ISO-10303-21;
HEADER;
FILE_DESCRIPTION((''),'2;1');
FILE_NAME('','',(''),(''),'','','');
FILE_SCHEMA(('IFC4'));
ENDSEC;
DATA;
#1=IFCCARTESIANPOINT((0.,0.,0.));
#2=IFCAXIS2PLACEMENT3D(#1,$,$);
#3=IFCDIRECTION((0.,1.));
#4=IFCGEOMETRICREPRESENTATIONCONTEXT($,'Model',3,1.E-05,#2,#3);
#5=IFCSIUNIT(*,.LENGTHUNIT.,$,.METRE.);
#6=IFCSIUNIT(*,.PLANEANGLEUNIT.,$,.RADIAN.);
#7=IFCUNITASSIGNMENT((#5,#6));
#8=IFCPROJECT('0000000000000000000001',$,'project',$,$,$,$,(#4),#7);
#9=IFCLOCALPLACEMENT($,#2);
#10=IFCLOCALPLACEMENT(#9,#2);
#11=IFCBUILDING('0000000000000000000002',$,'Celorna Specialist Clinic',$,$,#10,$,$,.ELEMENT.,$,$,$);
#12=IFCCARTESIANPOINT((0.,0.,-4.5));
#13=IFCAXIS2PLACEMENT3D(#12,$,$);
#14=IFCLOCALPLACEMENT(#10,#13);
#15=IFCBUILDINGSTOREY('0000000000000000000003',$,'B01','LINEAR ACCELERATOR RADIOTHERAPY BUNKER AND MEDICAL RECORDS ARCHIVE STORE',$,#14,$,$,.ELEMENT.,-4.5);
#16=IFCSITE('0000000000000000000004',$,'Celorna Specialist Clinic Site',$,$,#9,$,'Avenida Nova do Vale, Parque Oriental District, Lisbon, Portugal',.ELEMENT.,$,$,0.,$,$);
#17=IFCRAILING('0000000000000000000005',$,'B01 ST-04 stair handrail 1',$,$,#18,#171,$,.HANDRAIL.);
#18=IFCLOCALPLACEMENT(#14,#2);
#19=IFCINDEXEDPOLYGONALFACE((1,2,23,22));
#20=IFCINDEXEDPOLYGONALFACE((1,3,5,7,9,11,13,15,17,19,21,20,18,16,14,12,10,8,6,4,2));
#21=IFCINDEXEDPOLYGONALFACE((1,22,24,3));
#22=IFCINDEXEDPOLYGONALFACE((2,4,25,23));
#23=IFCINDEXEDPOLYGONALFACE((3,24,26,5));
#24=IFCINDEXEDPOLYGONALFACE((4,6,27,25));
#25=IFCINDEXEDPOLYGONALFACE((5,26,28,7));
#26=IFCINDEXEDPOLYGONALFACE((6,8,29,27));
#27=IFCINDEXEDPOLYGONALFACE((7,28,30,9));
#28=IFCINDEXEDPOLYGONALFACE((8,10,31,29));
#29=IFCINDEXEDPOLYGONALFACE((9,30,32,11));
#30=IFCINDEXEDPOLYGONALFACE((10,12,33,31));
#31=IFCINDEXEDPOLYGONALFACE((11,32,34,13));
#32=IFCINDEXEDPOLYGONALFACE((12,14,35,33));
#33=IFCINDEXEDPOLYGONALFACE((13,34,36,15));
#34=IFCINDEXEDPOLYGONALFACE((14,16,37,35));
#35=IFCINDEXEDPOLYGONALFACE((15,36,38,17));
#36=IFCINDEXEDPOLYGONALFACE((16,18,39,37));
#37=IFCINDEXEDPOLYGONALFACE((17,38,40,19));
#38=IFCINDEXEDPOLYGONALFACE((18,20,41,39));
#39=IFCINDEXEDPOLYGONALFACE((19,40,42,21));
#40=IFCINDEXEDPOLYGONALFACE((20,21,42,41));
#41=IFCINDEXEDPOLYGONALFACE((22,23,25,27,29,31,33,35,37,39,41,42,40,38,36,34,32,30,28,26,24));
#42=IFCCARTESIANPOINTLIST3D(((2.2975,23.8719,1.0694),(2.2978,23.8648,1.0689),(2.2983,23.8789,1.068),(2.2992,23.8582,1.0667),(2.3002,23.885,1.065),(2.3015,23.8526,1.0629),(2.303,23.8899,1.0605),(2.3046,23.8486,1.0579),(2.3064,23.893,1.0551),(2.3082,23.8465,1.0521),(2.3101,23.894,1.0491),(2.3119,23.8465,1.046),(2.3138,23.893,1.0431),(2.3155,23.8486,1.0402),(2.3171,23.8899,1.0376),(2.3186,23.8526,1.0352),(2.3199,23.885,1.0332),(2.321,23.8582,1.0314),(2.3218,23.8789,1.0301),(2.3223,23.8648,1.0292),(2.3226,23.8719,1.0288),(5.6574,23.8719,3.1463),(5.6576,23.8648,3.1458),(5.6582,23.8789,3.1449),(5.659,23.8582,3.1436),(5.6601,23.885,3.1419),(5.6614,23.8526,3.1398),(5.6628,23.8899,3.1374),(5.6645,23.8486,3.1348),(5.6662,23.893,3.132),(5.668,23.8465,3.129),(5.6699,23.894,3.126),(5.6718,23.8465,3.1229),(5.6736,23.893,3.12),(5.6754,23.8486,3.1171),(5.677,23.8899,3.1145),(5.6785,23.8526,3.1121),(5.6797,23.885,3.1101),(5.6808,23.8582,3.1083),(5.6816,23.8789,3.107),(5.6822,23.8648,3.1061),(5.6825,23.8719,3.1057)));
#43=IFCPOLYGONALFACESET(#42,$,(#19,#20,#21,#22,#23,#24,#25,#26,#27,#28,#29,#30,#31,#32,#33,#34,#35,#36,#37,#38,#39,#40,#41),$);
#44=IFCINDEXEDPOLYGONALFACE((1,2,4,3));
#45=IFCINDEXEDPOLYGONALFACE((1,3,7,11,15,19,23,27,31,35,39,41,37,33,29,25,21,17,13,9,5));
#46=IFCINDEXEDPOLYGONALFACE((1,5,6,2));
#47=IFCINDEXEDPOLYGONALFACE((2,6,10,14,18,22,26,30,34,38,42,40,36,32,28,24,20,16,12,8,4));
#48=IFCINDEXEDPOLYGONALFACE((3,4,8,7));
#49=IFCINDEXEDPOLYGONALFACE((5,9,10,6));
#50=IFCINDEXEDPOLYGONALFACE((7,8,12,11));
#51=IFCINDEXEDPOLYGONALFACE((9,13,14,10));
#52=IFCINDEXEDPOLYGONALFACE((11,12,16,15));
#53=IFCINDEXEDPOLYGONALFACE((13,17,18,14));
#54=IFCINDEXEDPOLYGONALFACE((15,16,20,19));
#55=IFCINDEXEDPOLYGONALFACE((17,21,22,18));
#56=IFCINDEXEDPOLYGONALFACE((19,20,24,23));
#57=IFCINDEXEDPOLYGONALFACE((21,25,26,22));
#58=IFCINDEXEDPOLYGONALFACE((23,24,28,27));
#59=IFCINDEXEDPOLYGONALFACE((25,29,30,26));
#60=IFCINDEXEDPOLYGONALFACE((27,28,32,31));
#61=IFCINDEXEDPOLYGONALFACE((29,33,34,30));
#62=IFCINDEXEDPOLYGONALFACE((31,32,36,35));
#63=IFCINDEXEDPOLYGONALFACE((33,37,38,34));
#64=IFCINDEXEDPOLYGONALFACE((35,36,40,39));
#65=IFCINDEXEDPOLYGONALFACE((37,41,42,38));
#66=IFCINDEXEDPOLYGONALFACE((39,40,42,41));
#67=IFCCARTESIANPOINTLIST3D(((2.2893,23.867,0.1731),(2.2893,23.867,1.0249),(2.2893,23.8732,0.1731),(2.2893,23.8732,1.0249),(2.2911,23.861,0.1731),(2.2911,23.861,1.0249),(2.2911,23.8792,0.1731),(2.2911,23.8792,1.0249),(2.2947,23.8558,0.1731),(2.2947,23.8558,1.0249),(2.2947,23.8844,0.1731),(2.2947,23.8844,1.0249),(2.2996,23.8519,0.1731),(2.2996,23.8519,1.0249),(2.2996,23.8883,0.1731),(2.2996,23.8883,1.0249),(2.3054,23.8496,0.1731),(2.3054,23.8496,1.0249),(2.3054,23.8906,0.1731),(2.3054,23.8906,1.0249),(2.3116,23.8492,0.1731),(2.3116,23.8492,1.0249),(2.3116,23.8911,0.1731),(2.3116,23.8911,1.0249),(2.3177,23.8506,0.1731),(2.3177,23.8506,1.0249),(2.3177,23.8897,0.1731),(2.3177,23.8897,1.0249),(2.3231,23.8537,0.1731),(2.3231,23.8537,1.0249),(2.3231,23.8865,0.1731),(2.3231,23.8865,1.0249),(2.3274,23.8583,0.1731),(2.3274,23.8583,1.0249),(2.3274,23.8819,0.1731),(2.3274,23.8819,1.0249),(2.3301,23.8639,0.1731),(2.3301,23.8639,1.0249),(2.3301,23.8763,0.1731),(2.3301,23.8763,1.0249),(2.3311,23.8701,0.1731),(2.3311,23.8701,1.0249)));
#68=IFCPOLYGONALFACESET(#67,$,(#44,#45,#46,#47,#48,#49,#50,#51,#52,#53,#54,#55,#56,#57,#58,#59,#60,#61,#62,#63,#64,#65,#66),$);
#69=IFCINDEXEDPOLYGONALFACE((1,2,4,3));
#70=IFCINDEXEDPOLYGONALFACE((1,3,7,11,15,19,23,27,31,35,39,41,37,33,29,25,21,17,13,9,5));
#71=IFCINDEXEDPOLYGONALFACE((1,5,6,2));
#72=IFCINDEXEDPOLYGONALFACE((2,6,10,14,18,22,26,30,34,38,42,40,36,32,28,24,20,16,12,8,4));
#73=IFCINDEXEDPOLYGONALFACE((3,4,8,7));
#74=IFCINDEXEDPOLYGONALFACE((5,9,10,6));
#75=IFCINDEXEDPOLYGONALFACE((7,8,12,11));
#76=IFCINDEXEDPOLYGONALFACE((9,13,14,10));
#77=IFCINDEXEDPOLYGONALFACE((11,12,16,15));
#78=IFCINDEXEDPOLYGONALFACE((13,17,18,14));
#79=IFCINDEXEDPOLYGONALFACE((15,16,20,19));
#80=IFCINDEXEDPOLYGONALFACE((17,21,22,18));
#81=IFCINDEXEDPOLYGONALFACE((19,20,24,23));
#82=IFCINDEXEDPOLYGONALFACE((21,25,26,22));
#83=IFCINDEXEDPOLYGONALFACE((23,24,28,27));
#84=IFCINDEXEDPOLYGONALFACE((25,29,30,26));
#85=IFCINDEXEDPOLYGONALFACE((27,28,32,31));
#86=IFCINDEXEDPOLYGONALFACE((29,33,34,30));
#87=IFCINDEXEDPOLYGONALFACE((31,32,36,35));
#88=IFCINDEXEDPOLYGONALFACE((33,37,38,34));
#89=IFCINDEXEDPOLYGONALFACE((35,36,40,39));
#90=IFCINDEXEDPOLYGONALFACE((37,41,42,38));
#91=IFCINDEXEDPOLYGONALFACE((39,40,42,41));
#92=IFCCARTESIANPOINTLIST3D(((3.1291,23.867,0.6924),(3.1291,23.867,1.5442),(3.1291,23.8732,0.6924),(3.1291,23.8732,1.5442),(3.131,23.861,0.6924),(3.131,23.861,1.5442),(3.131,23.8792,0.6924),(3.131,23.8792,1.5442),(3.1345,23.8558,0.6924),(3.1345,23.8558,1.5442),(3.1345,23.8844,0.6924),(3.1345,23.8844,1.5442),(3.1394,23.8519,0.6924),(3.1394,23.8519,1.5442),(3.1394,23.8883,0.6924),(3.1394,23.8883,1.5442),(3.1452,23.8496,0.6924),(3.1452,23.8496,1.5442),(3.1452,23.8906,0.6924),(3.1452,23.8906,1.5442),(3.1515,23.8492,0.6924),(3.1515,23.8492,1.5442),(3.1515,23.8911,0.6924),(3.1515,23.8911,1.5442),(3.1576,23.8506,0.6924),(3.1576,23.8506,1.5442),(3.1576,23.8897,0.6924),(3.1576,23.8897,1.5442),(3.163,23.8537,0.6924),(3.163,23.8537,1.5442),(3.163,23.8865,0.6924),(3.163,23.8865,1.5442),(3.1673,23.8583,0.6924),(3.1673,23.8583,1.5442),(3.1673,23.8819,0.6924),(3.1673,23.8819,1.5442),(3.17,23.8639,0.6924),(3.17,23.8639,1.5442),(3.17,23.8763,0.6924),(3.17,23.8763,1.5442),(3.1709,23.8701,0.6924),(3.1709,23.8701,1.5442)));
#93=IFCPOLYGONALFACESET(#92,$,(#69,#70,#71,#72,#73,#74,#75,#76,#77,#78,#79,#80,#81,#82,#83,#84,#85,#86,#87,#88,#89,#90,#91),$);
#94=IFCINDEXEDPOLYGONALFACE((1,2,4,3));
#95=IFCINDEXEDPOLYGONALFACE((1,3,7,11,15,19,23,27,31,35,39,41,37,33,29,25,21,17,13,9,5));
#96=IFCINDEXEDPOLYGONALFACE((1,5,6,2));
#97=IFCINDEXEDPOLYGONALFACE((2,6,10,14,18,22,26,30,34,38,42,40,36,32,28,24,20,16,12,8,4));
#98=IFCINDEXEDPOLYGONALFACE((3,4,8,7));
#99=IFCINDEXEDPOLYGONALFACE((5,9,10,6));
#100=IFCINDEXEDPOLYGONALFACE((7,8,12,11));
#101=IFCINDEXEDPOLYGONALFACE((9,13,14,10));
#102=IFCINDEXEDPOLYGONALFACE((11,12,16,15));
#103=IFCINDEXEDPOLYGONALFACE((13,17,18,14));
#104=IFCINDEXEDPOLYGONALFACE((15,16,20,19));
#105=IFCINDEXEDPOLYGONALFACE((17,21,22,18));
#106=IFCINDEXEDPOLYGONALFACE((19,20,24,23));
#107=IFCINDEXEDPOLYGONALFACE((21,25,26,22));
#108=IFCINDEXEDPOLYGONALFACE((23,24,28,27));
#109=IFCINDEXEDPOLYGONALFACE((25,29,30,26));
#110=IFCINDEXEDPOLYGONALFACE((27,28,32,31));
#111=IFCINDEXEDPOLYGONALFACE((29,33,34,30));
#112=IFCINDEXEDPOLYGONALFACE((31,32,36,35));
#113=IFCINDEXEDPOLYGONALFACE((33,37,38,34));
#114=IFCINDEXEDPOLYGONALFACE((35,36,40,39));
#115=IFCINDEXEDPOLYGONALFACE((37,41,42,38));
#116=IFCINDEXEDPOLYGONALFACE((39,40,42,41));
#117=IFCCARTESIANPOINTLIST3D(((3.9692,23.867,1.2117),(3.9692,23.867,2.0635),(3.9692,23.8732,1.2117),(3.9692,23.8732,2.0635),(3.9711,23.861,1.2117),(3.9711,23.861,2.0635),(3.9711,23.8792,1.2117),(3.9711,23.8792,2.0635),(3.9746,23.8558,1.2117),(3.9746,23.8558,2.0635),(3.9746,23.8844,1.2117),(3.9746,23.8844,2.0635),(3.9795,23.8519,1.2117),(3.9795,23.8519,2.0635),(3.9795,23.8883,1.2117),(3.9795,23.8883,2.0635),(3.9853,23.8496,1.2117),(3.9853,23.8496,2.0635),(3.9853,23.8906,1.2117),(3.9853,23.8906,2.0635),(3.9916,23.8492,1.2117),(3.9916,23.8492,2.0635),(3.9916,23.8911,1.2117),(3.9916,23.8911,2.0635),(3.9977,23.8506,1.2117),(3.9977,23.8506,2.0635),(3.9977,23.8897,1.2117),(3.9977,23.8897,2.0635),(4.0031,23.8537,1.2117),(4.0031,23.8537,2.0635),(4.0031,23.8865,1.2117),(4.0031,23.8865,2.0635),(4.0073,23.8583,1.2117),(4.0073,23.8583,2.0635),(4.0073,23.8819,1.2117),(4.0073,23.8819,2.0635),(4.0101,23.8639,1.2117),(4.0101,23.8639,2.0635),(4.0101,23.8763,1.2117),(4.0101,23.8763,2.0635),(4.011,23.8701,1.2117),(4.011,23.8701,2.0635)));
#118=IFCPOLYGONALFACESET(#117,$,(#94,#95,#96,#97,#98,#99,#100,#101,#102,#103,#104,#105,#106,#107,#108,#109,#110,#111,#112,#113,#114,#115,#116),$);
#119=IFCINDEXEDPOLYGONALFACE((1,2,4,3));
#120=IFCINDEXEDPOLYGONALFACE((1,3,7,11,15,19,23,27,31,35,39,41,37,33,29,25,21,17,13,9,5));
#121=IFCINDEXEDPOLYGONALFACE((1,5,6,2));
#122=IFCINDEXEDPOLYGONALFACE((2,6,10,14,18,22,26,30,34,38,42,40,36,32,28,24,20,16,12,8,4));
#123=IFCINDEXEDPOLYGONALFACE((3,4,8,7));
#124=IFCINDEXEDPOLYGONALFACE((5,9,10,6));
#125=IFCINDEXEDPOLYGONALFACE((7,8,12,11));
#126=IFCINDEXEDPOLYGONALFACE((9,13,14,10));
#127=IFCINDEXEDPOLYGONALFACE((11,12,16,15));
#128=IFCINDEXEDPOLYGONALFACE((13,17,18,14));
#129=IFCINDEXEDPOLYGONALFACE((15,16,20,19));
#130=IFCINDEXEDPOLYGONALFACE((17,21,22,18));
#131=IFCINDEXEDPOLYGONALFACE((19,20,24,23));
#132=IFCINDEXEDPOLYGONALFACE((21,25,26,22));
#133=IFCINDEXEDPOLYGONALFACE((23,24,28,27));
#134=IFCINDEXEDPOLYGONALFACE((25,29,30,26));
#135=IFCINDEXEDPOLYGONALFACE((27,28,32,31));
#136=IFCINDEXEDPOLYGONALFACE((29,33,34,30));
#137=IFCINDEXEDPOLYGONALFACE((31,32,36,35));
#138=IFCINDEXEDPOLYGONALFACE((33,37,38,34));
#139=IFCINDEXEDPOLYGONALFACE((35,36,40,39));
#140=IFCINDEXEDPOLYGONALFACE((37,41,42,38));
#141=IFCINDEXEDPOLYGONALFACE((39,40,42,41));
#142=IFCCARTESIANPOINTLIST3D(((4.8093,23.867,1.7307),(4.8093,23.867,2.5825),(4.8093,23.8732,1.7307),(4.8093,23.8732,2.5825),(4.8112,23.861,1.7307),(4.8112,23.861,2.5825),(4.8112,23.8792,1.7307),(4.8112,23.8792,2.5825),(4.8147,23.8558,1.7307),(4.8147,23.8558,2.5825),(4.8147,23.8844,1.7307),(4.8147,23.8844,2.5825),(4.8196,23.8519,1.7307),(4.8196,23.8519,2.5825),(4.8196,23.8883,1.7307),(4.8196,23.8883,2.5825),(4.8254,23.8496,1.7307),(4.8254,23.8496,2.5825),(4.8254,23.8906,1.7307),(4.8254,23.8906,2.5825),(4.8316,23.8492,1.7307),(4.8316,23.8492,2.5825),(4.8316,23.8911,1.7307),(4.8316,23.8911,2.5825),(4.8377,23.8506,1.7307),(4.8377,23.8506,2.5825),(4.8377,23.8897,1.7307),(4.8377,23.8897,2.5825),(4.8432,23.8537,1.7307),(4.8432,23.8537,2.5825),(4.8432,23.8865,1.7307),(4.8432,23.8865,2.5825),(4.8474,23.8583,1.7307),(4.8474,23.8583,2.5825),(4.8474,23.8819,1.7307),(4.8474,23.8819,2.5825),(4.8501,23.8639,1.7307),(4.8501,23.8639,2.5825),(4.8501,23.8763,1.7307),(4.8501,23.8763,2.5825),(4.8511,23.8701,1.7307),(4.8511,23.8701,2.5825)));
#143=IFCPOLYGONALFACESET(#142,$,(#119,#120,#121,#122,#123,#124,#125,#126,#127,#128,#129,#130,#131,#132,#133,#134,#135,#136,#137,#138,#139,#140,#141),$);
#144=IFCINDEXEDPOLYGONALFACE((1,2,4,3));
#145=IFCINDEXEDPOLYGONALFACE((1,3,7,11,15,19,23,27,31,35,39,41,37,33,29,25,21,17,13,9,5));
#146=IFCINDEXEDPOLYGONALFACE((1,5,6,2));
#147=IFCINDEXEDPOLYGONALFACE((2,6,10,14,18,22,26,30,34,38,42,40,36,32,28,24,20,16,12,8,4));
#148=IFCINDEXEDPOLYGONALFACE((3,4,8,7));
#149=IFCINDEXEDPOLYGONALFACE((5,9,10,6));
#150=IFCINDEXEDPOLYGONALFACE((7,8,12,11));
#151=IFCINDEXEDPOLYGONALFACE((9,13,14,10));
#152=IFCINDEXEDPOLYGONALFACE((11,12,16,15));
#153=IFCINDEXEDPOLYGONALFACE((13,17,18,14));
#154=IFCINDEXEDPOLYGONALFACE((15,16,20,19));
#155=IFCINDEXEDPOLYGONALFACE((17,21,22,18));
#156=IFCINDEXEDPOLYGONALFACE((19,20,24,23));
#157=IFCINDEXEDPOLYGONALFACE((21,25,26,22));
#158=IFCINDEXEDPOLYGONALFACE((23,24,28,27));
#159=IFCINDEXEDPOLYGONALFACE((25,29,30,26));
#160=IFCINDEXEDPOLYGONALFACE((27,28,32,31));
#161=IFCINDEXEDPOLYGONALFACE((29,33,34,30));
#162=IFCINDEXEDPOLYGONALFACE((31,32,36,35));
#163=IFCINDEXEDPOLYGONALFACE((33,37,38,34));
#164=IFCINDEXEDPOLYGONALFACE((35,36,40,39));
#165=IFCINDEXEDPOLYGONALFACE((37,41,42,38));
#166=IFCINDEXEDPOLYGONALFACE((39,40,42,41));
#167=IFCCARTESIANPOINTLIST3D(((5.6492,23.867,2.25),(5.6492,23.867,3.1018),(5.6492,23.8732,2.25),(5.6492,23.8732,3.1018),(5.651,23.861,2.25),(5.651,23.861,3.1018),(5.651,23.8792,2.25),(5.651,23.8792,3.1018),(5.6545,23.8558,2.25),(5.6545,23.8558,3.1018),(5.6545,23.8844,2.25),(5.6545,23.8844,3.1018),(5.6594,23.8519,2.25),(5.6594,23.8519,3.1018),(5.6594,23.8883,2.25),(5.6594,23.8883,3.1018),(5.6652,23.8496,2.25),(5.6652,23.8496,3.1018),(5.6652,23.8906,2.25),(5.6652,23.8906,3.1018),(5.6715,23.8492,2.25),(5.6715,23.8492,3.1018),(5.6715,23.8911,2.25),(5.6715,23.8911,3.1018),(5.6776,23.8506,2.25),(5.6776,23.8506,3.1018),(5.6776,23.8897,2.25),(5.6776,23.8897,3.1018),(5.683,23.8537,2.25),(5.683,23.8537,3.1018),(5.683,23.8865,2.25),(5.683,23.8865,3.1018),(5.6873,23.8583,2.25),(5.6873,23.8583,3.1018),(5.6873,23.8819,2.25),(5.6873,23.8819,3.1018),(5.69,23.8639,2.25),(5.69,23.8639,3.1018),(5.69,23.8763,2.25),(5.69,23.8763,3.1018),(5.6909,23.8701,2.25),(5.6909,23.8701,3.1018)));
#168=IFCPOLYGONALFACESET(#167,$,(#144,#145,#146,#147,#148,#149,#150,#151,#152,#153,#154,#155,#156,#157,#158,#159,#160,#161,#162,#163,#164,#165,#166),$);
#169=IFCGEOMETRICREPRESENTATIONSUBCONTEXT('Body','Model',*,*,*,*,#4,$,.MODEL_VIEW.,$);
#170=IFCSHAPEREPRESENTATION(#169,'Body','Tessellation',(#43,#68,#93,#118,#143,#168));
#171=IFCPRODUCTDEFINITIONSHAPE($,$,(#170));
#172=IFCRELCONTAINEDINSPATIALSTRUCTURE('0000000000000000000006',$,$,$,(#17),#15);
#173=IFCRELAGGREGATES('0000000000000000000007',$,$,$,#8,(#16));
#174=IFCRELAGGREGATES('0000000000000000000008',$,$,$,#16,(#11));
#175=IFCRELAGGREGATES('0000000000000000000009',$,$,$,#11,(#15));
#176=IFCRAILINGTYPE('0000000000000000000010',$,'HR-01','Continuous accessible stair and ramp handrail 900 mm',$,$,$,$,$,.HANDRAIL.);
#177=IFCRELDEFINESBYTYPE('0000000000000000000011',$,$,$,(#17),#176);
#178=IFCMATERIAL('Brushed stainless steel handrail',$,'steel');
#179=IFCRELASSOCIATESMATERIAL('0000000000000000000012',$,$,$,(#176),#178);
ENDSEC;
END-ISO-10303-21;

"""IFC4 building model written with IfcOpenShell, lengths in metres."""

from ifc_helpers import new_model, si_unit, direction, frame, origin, origin_2d, place, context, subcontext, project, spatial, circle, extrude, material, type_object, element, save


model = new_model("IFC4")

# Units and contexts
model_context = context("Model", 3, precision=1e-05, world=origin(), true_north=direction((0.0, 1.0)))
body_context = subcontext(model_context, "Body", "Model", "MODEL_VIEW")
ifc_project = project(units=[si_unit("LENGTHUNIT", "METRE"), si_unit("PLANEANGLEUNIT", "RADIAN")], contexts=[model_context])

# Site, building, storey
site_placement = place(None, origin())
site = spatial("IfcSite", under=ifc_project, at=site_placement, Name="Celorna Specialist Clinic Site", LongName="Avenida Nova do Vale, Parque Oriental District, Lisbon, Portugal", CompositionType="ELEMENT", RefElevation=0.0)
building_placement = place(site_placement, origin())
building = spatial("IfcBuilding", under=site, at=building_placement, Name="Celorna Specialist Clinic", CompositionType="ELEMENT")
storey_placement = place(building_placement, frame((0.0, 0.0, -4.5)))
storey = spatial("IfcBuildingStorey", under=building, at=storey_placement, Name="B01", Description="LINEAR ACCELERATOR RADIOTHERAPY BUNKER AND MEDICAL RECORDS ARCHIVE STORE", CompositionType="ELEMENT", Elevation=-4.5)

# Railing
ifc_material_1 = material(Name="Brushed stainless steel handrail", Category="steel")
railing_type_1 = type_object("IfcRailingType", Name="HR-01", Description="Continuous accessible stair and ramp handrail 900 mm", PredefinedType="HANDRAIL", material=ifc_material_1)
railing_1_placement = place(storey_placement, frame((2.3101, 23.8701, 0.1731)))
element("IfcRailing", 1, at=railing_1_placement, inside=storey, type_object=railing_type_1, Name="B01 ST-04 stair handrail 1", PredefinedType="HANDRAIL", context=body_context, shape_type="SweptSolid", body=[
    extrude(circle(Radius=0.0239, at=origin_2d()), frame((0.0, 0.0, 0.876), z_axis=(0.850606, 0.0, 0.525803), x_axis=(0.0, 1.0, 0.0)), (0.0, 0.0, 1.0), 3.95),
    extrude(circle(Radius=0.021, at=origin_2d()), origin(), (0.0, 0.0, 1.0), 0.8518),
    extrude(circle(Radius=0.021, at=origin_2d()), frame((0.8398, 0.0, 0.5193)), (0.0, 0.0, 1.0), 0.8518),
    extrude(circle(Radius=0.021, at=origin_2d()), frame((1.6799, 0.0, 1.0386)), (0.0, 0.0, 1.0), 0.8518),
    extrude(circle(Radius=0.021, at=origin_2d()), frame((2.52, 0.0, 1.5576)), (0.0, 0.0, 1.0), 0.8518),
    extrude(circle(Radius=0.021, at=origin_2d()), frame((3.3599, 0.0, 2.0769)), (0.0, 0.0, 1.0), 0.8518),
])

save(model, "model.ifc")
